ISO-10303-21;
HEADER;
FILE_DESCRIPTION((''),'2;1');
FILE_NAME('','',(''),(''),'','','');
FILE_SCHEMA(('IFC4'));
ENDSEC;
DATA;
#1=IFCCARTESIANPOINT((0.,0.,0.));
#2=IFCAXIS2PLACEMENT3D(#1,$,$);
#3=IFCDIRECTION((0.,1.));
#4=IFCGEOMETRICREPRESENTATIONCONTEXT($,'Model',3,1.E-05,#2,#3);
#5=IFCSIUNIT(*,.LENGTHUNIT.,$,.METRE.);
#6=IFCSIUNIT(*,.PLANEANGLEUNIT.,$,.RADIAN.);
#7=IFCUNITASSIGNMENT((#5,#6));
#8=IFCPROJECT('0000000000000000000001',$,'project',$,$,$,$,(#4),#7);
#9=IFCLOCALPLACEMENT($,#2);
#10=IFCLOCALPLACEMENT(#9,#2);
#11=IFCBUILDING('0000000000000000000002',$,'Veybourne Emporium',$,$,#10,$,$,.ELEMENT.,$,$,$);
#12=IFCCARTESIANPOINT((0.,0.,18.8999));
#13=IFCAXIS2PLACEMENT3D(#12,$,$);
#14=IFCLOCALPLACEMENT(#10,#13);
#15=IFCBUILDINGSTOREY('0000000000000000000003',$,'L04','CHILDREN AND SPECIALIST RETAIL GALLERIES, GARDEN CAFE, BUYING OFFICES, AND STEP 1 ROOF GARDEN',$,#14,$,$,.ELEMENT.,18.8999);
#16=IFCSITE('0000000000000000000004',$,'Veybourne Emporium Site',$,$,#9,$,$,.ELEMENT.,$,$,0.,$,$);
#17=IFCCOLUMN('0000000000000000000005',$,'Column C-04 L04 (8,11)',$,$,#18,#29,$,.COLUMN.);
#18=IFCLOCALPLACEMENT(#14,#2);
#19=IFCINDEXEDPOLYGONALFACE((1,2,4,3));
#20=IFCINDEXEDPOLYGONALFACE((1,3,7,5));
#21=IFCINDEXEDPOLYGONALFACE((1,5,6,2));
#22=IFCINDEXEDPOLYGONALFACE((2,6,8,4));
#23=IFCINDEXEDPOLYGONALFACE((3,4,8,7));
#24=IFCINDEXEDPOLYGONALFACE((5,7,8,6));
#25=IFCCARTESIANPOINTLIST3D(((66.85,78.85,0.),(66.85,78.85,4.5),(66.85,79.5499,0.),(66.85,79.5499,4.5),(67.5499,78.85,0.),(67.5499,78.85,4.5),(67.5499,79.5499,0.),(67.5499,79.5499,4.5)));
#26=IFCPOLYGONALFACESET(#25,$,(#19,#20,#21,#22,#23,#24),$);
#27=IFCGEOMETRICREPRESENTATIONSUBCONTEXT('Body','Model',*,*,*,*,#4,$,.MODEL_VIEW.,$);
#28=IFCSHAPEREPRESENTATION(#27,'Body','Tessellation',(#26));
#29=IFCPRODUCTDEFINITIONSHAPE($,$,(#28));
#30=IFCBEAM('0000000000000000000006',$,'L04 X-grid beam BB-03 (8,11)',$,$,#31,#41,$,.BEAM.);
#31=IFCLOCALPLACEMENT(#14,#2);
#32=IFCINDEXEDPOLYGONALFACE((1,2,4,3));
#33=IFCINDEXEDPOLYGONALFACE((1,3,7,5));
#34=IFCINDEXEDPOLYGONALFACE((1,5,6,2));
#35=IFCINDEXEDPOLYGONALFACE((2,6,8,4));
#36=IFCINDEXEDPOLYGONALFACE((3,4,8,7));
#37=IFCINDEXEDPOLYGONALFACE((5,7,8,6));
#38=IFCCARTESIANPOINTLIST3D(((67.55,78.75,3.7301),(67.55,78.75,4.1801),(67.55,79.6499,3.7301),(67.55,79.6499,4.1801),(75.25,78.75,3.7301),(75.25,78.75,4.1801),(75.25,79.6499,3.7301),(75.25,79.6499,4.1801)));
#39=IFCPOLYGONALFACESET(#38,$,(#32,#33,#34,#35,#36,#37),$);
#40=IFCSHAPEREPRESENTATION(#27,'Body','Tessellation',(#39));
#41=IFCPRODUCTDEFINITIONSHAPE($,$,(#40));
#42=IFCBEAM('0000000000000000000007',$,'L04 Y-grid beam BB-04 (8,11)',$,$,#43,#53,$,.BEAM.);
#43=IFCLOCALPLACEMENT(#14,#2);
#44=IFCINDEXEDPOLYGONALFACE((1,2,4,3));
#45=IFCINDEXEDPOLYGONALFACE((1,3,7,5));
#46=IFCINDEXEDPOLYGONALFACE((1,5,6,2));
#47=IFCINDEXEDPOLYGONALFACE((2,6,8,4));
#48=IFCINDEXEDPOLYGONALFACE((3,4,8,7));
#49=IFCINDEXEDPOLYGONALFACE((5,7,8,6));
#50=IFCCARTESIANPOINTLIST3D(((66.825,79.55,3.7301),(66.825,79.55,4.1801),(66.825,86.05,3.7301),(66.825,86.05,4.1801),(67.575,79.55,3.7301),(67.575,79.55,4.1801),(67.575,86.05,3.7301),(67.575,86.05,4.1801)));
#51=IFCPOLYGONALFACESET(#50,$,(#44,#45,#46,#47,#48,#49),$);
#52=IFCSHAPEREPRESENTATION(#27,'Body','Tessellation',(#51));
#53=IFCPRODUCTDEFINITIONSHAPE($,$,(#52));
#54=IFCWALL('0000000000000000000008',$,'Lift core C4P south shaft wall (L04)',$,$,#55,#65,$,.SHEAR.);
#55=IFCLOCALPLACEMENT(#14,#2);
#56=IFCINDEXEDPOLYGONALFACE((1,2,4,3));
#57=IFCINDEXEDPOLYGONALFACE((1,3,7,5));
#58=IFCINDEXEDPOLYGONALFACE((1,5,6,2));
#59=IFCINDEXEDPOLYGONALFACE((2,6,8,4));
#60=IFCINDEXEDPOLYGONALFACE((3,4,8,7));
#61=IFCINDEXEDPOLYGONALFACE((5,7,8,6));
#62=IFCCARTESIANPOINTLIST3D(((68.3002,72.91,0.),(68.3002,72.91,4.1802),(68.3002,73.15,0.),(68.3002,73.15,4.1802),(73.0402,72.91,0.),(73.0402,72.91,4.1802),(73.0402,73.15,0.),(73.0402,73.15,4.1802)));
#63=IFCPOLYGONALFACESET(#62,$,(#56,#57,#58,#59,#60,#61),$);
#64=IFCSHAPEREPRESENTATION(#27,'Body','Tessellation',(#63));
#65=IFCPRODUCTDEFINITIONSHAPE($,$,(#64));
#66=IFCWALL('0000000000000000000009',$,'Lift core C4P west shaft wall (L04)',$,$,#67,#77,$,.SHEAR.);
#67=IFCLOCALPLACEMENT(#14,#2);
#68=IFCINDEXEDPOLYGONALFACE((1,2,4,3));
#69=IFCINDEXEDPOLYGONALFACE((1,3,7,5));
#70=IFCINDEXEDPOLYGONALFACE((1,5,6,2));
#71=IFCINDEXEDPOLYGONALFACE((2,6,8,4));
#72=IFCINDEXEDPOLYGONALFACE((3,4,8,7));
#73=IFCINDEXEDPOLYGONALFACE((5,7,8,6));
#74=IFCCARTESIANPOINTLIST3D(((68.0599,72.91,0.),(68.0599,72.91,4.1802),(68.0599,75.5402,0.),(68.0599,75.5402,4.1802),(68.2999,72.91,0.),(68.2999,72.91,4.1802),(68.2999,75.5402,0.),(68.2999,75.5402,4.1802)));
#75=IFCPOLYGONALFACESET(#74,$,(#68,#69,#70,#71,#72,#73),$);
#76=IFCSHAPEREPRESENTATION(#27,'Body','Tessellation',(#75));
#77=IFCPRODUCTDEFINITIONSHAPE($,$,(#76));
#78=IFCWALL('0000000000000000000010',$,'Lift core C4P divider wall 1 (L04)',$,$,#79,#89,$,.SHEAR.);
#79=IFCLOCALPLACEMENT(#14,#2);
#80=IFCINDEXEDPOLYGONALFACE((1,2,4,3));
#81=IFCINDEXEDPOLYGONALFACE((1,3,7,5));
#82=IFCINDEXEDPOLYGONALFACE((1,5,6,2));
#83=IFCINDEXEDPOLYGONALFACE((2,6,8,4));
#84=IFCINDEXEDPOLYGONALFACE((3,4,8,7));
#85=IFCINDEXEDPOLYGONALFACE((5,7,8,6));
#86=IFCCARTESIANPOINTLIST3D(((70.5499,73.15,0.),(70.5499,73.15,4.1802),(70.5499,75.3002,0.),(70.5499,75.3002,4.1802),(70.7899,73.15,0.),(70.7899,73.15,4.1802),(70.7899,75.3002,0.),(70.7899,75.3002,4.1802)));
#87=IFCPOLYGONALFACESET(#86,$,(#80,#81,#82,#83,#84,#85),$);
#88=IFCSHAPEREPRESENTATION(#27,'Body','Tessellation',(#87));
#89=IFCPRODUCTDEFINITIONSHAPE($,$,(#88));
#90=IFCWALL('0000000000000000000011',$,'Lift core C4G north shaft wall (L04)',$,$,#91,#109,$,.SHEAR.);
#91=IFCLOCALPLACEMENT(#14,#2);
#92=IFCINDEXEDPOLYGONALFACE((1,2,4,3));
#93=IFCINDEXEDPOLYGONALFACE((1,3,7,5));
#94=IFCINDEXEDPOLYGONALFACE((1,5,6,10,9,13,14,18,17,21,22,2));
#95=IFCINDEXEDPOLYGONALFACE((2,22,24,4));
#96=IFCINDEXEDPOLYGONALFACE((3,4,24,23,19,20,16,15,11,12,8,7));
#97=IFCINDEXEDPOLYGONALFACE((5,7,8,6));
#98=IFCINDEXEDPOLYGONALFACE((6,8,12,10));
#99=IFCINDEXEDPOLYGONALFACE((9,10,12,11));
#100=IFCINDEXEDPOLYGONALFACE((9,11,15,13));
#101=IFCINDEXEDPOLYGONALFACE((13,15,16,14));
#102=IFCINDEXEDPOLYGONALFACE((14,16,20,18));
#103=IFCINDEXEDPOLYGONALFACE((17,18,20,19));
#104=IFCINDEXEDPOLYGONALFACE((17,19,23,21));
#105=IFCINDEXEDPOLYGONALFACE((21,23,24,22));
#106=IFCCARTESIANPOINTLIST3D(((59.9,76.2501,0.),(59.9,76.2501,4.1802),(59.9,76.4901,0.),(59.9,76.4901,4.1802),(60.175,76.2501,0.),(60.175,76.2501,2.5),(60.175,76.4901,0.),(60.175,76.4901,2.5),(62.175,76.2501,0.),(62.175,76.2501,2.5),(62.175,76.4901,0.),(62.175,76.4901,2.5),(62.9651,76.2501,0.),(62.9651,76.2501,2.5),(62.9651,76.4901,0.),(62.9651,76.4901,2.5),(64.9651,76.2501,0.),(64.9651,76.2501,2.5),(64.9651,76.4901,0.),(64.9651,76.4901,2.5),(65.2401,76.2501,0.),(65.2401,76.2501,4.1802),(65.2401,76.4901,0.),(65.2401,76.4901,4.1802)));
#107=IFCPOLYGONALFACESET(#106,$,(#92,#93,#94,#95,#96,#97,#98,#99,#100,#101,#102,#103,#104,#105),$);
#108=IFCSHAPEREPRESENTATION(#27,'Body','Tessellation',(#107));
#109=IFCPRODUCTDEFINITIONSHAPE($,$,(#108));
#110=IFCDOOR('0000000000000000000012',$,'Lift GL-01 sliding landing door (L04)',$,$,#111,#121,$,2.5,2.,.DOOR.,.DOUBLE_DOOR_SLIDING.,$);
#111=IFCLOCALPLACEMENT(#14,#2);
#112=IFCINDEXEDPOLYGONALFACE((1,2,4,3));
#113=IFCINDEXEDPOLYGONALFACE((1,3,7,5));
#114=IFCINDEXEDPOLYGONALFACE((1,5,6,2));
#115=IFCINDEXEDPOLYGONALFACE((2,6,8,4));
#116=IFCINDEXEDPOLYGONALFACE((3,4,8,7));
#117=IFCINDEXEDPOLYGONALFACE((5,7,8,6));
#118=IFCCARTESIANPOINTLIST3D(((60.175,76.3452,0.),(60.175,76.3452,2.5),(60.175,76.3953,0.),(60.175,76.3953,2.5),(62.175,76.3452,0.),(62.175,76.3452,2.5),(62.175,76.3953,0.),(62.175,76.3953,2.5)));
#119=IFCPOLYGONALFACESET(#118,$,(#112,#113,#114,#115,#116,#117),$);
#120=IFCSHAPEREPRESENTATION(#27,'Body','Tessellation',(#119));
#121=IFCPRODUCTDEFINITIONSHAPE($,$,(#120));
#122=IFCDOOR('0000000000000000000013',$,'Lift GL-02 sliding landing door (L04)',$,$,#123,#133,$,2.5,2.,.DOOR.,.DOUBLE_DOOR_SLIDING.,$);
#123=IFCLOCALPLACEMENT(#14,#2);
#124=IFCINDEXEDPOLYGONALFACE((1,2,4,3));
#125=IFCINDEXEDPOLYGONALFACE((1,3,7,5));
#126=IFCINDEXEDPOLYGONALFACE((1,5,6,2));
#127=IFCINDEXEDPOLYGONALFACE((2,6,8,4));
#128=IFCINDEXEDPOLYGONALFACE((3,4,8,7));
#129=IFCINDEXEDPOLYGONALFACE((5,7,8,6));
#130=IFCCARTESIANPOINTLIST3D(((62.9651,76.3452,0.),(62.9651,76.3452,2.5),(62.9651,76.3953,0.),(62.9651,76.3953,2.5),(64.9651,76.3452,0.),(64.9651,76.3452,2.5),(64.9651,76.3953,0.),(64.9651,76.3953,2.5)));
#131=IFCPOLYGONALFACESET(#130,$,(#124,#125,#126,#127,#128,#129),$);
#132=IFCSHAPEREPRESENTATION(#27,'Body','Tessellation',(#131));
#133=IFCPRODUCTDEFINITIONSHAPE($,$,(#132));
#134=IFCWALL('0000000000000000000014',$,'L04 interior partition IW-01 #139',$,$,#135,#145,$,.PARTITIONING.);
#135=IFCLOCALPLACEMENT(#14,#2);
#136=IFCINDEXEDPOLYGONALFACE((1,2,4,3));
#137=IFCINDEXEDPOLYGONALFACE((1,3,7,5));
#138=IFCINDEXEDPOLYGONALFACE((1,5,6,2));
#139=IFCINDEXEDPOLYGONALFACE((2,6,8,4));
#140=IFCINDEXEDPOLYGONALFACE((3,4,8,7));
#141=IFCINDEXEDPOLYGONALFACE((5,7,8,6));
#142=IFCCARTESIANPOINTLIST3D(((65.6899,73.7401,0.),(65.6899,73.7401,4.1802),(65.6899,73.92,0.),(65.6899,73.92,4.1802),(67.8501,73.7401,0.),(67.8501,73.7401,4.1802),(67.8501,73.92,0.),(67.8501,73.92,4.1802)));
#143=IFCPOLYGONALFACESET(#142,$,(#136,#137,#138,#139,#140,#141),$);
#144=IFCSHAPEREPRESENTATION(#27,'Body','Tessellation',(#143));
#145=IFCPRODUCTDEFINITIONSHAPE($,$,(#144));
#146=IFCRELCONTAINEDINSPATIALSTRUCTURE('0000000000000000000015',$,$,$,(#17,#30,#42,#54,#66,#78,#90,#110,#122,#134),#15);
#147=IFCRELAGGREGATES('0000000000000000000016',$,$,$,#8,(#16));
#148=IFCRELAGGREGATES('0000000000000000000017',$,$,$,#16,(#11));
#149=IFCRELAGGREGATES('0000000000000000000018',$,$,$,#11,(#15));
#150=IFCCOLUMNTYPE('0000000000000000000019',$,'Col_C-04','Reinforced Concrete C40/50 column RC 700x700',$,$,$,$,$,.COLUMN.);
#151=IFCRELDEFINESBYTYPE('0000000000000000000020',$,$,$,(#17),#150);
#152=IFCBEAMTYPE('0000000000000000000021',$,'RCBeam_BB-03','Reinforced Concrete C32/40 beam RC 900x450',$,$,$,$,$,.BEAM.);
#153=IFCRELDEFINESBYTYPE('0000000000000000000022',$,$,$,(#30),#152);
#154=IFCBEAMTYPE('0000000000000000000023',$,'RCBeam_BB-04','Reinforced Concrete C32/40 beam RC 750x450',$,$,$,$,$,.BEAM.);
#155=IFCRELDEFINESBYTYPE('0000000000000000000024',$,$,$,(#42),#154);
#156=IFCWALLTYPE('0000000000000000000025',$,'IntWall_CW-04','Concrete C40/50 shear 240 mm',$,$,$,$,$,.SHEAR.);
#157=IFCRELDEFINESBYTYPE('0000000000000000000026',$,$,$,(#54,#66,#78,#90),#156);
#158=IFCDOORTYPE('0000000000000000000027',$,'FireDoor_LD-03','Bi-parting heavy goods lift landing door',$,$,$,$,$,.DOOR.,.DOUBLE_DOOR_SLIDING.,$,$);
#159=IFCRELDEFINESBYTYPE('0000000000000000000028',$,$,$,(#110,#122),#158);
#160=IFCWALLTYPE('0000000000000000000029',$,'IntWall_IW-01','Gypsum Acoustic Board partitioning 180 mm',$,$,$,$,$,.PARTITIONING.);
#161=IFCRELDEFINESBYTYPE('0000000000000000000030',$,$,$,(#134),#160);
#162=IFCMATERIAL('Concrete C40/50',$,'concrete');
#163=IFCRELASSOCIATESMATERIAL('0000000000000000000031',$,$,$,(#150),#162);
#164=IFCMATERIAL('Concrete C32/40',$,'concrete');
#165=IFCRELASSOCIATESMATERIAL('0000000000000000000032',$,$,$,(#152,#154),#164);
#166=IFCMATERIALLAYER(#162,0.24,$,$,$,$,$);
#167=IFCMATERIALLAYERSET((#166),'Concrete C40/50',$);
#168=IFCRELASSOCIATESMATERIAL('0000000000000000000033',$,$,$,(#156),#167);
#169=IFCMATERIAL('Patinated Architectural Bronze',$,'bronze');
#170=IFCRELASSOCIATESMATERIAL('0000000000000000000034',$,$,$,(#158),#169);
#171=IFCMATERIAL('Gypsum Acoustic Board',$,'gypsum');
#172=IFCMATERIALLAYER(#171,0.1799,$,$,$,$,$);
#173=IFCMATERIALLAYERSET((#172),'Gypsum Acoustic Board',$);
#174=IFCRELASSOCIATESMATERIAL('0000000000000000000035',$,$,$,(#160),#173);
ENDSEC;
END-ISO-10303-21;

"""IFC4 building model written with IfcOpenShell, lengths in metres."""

from ifc_helpers import new_model, si_unit, direction, frame, frame_2d, origin, origin_2d, place, context, subcontext, project, spatial, rectangle, extrude, material, layer, layer_set, material_profile, profile_set, type_object, element, fill, save


model = new_model("IFC4")

# Units and contexts
model_context = context("Model", 3, precision=1e-05, world=origin(), true_north=direction((0.0, 1.0)))
body_context = subcontext(model_context, "Body", "Model", "MODEL_VIEW")
ifc_project = project(units=[si_unit("LENGTHUNIT", "METRE"), si_unit("PLANEANGLEUNIT", "RADIAN")], contexts=[model_context])

# Site, building, storey
site_placement = place(None, origin())
site = spatial("IfcSite", under=ifc_project, at=site_placement, Name="Veybourne Emporium Site", CompositionType="ELEMENT", RefElevation=0.0)
building_placement = place(site_placement, origin())
building = spatial("IfcBuilding", under=site, at=building_placement, Name="Veybourne Emporium", CompositionType="ELEMENT")
storey_placement = place(building_placement, frame((0.0, 0.0, 18.8999)))
storey = spatial("IfcBuildingStorey", under=building, at=storey_placement, Name="L04", Description="CHILDREN AND SPECIALIST RETAIL GALLERIES, GARDEN CAFE, BUYING OFFICES, AND STEP 1 ROOF GARDEN", CompositionType="ELEMENT", Elevation=18.8999)

# Column
ifc_material_1 = material(Name="Concrete C40/50", Category="concrete")
ifc_material_profile_1 = material_profile(ifc_material_1, rectangle(XDim=0.7, YDim=0.7, at=origin_2d()), Name="RC 700x700")
ifc_profile_set_1 = profile_set([ifc_material_profile_1], Name="Concrete C40/50")
column_type = type_object("IfcColumnType", Name="Col_C-04", Description="Reinforced Concrete C40/50 column RC 700x700", PredefinedType="COLUMN", material=ifc_profile_set_1)
column_placement = place(storey_placement, frame((67.2, 79.2, 0.0), z_axis=(0.0, 0.0, 1.0), x_axis=(1.0, 0.0, 0.0)))
element("IfcColumn", 1, at=column_placement, inside=storey, type_object=column_type, Name="Column C-04 L04 (8,11)", PredefinedType="COLUMN", context=body_context, shape_type="SweptSolid", body=[
    extrude(rectangle(XDim=0.7, YDim=0.7, at=origin_2d()), origin(), (0.0, 0.0, 1.0), 4.5),
])

# Beams
ifc_material_2 = material(Name="Concrete C32/40", Category="concrete")
ifc_material_profile_2 = material_profile(ifc_material_2, rectangle(XDim=0.8999, YDim=0.45, at=origin_2d()), Name="RC 900x450")
ifc_profile_set_2 = profile_set([ifc_material_profile_2], Name="Concrete C32/40")
beam_type_1 = type_object("IfcBeamType", Name="RCBeam_BB-03", Description="Reinforced Concrete C32/40 beam RC 900x450", PredefinedType="BEAM", material=ifc_profile_set_2)
beam_1_placement = place(storey_placement, frame((67.55, 79.2, 3.9551), z_axis=(1.0, 0.0, 0.0), x_axis=(0.0, 1.0, 0.0)))
element("IfcBeam", 2, at=beam_1_placement, inside=storey, type_object=beam_type_1, Name="L04 X-grid beam BB-03 (8,11)", PredefinedType="BEAM", context=body_context, shape_type="SweptSolid", body=[
    extrude(rectangle(XDim=0.8999, YDim=0.45, at=origin_2d()), origin(), (0.0, 0.0, 1.0), 7.7),
])
ifc_material_profile_3 = material_profile(ifc_material_2, rectangle(XDim=0.75, YDim=0.45, at=origin_2d()), Name="RC 750x450")
ifc_profile_set_3 = profile_set([ifc_material_profile_3], Name="Concrete C32/40")
beam_type_2 = type_object("IfcBeamType", Name="RCBeam_BB-04", Description="Reinforced Concrete C32/40 beam RC 750x450", PredefinedType="BEAM", material=ifc_profile_set_3)
beam_2_placement = place(storey_placement, frame((67.2, 79.55, 3.9551), z_axis=(0.0, 1.0, 0.0), x_axis=(-1.0, 0.0, 0.0)))
element("IfcBeam", 3, at=beam_2_placement, inside=storey, type_object=beam_type_2, Name="L04 Y-grid beam BB-04 (8,11)", PredefinedType="BEAM", context=body_context, shape_type="SweptSolid", body=[
    extrude(rectangle(XDim=0.75, YDim=0.45, at=origin_2d()), origin(), (0.0, 0.0, 1.0), 6.5),
])

# Walls
ifc_layer_1 = layer(ifc_material_1, 0.24)
ifc_layer_set_1 = layer_set([ifc_layer_1], Name="Concrete C40/50")
wall_type_1 = type_object("IfcWallType", Name="IntWall_CW-04", Description="Concrete C40/50 shear 240 mm", PredefinedType="SHEAR", material=ifc_layer_set_1)
wall_1_placement = place(storey_placement, frame((68.3, 73.03, 0.0), z_axis=(0.0, 0.0, 1.0), x_axis=(1.0, 0.0, 0.0)))
element("IfcWall", 4, at=wall_1_placement, inside=storey, type_object=wall_type_1, Name="Lift core C4P south shaft wall (L04)", PredefinedType="SHEAR", context=body_context, shape_type="SweptSolid", body=[
    extrude(rectangle(XDim=4.74, YDim=0.24, at=frame_2d((2.3701, 0.0))), origin(), (0.0, 0.0, 1.0), 4.1802),
])
wall_2_placement = place(storey_placement, frame((68.1799, 75.54, 0.0), z_axis=(0.0, 0.0, 1.0), x_axis=(0.0, -1.0, 0.0)))
element("IfcWall", 5, at=wall_2_placement, inside=storey, type_object=wall_type_1, Name="Lift core C4P west shaft wall (L04)", PredefinedType="SHEAR", context=body_context, shape_type="SweptSolid", body=[
    extrude(rectangle(XDim=2.6301, YDim=0.24, at=frame_2d((1.3149, 0.0))), origin(), (0.0, 0.0, 1.0), 4.1802),
])
wall_3_placement = place(storey_placement, frame((70.6699, 73.1499, 0.0), z_axis=(0.0, 0.0, 1.0), x_axis=(0.0, 1.0, 0.0)))
element("IfcWall", 6, at=wall_3_placement, inside=storey, type_object=wall_type_1, Name="Lift core C4P divider wall 1 (L04)", PredefinedType="SHEAR", context=body_context, shape_type="SweptSolid", body=[
    extrude(rectangle(XDim=2.1501, YDim=0.24, at=frame_2d((1.0752, 0.0))), origin(), (0.0, 0.0, 1.0), 4.1802),
])

# Wall, openings, doors
wall_4_placement = place(storey_placement, frame((65.24, 76.3701, 0.0), z_axis=(0.0, 0.0, 1.0), x_axis=(-1.0, 0.0, 0.0)))
wall_4 = element("IfcWall", 7, at=wall_4_placement, inside=storey, type_object=wall_type_1, Name="Lift core C4G north shaft wall (L04)", PredefinedType="SHEAR", context=body_context, shape_type="SweptSolid", body=[
    extrude(rectangle(XDim=5.3401, YDim=0.24, at=frame_2d((2.6699, 0.0))), origin(), (0.0, 0.0, 1.0), 4.1802),
])
opening_1_placement = place(wall_4_placement, frame((3.0649, 0.0, 0.0)))
opening_1 = element("IfcOpeningElement", 8, at=opening_1_placement, cuts=wall_4, PredefinedType="OPENING", context=body_context, shape_type="SweptSolid", body=[
    extrude(rectangle(XDim=2.0, YDim=2.5, at=frame_2d((1.0, 1.25))), frame((0.0, 0.1401, 0.0), z_axis=(0.0, -1.0, 0.0), x_axis=(1.0, 0.0, 0.0)), (0.0, 0.0, 1.0), 0.28),
])
opening_2_placement = place(wall_4_placement, frame((0.2749, 0.0, 0.0)))
opening_2 = element("IfcOpeningElement", 9, at=opening_2_placement, cuts=wall_4, PredefinedType="OPENING", context=body_context, shape_type="SweptSolid", body=[
    extrude(rectangle(XDim=2.0, YDim=2.5, at=frame_2d((1.0, 1.25))), frame((0.0, 0.1401, 0.0), z_axis=(0.0, -1.0, 0.0), x_axis=(1.0, 0.0, 0.0)), (0.0, 0.0, 1.0), 0.28),
])
ifc_material_3 = material(Name="Patinated Architectural Bronze", Category="bronze")
door_type_1 = type_object("IfcDoorType", Name="FireDoor_LD-03", Description="Bi-parting heavy goods lift landing door", OperationType="DOUBLE_DOOR_SLIDING", PredefinedType="DOOR", material=ifc_material_3)
door_1_placement = place(opening_1_placement, origin())
door_1 = element("IfcDoor", 10, at=door_1_placement, inside=storey, type_object=door_type_1, Name="Lift GL-01 sliding landing door (L04)", OperationType="DOUBLE_DOOR_SLIDING", OverallHeight=2.5, OverallWidth=2.0, PredefinedType="DOOR", context=body_context, shape_type="SweptSolid", body=[
    extrude(rectangle(XDim=2.0, YDim=2.5, at=frame_2d((1.0, 1.25))), frame((0.0, 0.0249, 0.0), z_axis=(0.0, -1.0, 0.0), x_axis=(1.0, 0.0, 0.0)), (0.0, 0.0, 1.0), 0.05),
])
fill(opening_1, door_1)
door_2_placement = place(opening_2_placement, origin())
door_2 = element("IfcDoor", 11, at=door_2_placement, inside=storey, type_object=door_type_1, Name="Lift GL-02 sliding landing door (L04)", OperationType="DOUBLE_DOOR_SLIDING", OverallHeight=2.5, OverallWidth=2.0, PredefinedType="DOOR", context=body_context, shape_type="SweptSolid", body=[
    extrude(rectangle(XDim=2.0, YDim=2.5, at=frame_2d((1.0, 1.25))), frame((0.0, 0.0249, 0.0), z_axis=(0.0, -1.0, 0.0), x_axis=(1.0, 0.0, 0.0)), (0.0, 0.0, 1.0), 0.05),
])
fill(opening_2, door_2)

# Shared definitions
ifc_material_4 = material(Name="Gypsum Acoustic Board", Category="gypsum")
ifc_layer_2 = layer(ifc_material_4, 0.1799)
ifc_layer_set_2 = layer_set([ifc_layer_2], Name="Gypsum Acoustic Board")
wall_type_2 = type_object("IfcWallType", Name="IntWall_IW-01", Description="Gypsum Acoustic Board partitioning 180 mm", PredefinedType="PARTITIONING", material=ifc_layer_set_2)

# Wall
wall_5_placement = place(storey_placement, frame((65.6899, 73.8301, 0.0), z_axis=(0.0, 0.0, 1.0), x_axis=(1.0, 0.0, 0.0)))
element("IfcWall", 12, at=wall_5_placement, inside=storey, type_object=wall_type_2, Name="L04 interior partition IW-01 #139", PredefinedType="PARTITIONING", context=body_context, shape_type="SweptSolid", body=[
    extrude(rectangle(XDim=2.1602, YDim=0.1799, at=frame_2d((1.0801, 0.0))), origin(), (0.0, 0.0, 1.0), 4.1802),
])

save(model, "model.ifc")
